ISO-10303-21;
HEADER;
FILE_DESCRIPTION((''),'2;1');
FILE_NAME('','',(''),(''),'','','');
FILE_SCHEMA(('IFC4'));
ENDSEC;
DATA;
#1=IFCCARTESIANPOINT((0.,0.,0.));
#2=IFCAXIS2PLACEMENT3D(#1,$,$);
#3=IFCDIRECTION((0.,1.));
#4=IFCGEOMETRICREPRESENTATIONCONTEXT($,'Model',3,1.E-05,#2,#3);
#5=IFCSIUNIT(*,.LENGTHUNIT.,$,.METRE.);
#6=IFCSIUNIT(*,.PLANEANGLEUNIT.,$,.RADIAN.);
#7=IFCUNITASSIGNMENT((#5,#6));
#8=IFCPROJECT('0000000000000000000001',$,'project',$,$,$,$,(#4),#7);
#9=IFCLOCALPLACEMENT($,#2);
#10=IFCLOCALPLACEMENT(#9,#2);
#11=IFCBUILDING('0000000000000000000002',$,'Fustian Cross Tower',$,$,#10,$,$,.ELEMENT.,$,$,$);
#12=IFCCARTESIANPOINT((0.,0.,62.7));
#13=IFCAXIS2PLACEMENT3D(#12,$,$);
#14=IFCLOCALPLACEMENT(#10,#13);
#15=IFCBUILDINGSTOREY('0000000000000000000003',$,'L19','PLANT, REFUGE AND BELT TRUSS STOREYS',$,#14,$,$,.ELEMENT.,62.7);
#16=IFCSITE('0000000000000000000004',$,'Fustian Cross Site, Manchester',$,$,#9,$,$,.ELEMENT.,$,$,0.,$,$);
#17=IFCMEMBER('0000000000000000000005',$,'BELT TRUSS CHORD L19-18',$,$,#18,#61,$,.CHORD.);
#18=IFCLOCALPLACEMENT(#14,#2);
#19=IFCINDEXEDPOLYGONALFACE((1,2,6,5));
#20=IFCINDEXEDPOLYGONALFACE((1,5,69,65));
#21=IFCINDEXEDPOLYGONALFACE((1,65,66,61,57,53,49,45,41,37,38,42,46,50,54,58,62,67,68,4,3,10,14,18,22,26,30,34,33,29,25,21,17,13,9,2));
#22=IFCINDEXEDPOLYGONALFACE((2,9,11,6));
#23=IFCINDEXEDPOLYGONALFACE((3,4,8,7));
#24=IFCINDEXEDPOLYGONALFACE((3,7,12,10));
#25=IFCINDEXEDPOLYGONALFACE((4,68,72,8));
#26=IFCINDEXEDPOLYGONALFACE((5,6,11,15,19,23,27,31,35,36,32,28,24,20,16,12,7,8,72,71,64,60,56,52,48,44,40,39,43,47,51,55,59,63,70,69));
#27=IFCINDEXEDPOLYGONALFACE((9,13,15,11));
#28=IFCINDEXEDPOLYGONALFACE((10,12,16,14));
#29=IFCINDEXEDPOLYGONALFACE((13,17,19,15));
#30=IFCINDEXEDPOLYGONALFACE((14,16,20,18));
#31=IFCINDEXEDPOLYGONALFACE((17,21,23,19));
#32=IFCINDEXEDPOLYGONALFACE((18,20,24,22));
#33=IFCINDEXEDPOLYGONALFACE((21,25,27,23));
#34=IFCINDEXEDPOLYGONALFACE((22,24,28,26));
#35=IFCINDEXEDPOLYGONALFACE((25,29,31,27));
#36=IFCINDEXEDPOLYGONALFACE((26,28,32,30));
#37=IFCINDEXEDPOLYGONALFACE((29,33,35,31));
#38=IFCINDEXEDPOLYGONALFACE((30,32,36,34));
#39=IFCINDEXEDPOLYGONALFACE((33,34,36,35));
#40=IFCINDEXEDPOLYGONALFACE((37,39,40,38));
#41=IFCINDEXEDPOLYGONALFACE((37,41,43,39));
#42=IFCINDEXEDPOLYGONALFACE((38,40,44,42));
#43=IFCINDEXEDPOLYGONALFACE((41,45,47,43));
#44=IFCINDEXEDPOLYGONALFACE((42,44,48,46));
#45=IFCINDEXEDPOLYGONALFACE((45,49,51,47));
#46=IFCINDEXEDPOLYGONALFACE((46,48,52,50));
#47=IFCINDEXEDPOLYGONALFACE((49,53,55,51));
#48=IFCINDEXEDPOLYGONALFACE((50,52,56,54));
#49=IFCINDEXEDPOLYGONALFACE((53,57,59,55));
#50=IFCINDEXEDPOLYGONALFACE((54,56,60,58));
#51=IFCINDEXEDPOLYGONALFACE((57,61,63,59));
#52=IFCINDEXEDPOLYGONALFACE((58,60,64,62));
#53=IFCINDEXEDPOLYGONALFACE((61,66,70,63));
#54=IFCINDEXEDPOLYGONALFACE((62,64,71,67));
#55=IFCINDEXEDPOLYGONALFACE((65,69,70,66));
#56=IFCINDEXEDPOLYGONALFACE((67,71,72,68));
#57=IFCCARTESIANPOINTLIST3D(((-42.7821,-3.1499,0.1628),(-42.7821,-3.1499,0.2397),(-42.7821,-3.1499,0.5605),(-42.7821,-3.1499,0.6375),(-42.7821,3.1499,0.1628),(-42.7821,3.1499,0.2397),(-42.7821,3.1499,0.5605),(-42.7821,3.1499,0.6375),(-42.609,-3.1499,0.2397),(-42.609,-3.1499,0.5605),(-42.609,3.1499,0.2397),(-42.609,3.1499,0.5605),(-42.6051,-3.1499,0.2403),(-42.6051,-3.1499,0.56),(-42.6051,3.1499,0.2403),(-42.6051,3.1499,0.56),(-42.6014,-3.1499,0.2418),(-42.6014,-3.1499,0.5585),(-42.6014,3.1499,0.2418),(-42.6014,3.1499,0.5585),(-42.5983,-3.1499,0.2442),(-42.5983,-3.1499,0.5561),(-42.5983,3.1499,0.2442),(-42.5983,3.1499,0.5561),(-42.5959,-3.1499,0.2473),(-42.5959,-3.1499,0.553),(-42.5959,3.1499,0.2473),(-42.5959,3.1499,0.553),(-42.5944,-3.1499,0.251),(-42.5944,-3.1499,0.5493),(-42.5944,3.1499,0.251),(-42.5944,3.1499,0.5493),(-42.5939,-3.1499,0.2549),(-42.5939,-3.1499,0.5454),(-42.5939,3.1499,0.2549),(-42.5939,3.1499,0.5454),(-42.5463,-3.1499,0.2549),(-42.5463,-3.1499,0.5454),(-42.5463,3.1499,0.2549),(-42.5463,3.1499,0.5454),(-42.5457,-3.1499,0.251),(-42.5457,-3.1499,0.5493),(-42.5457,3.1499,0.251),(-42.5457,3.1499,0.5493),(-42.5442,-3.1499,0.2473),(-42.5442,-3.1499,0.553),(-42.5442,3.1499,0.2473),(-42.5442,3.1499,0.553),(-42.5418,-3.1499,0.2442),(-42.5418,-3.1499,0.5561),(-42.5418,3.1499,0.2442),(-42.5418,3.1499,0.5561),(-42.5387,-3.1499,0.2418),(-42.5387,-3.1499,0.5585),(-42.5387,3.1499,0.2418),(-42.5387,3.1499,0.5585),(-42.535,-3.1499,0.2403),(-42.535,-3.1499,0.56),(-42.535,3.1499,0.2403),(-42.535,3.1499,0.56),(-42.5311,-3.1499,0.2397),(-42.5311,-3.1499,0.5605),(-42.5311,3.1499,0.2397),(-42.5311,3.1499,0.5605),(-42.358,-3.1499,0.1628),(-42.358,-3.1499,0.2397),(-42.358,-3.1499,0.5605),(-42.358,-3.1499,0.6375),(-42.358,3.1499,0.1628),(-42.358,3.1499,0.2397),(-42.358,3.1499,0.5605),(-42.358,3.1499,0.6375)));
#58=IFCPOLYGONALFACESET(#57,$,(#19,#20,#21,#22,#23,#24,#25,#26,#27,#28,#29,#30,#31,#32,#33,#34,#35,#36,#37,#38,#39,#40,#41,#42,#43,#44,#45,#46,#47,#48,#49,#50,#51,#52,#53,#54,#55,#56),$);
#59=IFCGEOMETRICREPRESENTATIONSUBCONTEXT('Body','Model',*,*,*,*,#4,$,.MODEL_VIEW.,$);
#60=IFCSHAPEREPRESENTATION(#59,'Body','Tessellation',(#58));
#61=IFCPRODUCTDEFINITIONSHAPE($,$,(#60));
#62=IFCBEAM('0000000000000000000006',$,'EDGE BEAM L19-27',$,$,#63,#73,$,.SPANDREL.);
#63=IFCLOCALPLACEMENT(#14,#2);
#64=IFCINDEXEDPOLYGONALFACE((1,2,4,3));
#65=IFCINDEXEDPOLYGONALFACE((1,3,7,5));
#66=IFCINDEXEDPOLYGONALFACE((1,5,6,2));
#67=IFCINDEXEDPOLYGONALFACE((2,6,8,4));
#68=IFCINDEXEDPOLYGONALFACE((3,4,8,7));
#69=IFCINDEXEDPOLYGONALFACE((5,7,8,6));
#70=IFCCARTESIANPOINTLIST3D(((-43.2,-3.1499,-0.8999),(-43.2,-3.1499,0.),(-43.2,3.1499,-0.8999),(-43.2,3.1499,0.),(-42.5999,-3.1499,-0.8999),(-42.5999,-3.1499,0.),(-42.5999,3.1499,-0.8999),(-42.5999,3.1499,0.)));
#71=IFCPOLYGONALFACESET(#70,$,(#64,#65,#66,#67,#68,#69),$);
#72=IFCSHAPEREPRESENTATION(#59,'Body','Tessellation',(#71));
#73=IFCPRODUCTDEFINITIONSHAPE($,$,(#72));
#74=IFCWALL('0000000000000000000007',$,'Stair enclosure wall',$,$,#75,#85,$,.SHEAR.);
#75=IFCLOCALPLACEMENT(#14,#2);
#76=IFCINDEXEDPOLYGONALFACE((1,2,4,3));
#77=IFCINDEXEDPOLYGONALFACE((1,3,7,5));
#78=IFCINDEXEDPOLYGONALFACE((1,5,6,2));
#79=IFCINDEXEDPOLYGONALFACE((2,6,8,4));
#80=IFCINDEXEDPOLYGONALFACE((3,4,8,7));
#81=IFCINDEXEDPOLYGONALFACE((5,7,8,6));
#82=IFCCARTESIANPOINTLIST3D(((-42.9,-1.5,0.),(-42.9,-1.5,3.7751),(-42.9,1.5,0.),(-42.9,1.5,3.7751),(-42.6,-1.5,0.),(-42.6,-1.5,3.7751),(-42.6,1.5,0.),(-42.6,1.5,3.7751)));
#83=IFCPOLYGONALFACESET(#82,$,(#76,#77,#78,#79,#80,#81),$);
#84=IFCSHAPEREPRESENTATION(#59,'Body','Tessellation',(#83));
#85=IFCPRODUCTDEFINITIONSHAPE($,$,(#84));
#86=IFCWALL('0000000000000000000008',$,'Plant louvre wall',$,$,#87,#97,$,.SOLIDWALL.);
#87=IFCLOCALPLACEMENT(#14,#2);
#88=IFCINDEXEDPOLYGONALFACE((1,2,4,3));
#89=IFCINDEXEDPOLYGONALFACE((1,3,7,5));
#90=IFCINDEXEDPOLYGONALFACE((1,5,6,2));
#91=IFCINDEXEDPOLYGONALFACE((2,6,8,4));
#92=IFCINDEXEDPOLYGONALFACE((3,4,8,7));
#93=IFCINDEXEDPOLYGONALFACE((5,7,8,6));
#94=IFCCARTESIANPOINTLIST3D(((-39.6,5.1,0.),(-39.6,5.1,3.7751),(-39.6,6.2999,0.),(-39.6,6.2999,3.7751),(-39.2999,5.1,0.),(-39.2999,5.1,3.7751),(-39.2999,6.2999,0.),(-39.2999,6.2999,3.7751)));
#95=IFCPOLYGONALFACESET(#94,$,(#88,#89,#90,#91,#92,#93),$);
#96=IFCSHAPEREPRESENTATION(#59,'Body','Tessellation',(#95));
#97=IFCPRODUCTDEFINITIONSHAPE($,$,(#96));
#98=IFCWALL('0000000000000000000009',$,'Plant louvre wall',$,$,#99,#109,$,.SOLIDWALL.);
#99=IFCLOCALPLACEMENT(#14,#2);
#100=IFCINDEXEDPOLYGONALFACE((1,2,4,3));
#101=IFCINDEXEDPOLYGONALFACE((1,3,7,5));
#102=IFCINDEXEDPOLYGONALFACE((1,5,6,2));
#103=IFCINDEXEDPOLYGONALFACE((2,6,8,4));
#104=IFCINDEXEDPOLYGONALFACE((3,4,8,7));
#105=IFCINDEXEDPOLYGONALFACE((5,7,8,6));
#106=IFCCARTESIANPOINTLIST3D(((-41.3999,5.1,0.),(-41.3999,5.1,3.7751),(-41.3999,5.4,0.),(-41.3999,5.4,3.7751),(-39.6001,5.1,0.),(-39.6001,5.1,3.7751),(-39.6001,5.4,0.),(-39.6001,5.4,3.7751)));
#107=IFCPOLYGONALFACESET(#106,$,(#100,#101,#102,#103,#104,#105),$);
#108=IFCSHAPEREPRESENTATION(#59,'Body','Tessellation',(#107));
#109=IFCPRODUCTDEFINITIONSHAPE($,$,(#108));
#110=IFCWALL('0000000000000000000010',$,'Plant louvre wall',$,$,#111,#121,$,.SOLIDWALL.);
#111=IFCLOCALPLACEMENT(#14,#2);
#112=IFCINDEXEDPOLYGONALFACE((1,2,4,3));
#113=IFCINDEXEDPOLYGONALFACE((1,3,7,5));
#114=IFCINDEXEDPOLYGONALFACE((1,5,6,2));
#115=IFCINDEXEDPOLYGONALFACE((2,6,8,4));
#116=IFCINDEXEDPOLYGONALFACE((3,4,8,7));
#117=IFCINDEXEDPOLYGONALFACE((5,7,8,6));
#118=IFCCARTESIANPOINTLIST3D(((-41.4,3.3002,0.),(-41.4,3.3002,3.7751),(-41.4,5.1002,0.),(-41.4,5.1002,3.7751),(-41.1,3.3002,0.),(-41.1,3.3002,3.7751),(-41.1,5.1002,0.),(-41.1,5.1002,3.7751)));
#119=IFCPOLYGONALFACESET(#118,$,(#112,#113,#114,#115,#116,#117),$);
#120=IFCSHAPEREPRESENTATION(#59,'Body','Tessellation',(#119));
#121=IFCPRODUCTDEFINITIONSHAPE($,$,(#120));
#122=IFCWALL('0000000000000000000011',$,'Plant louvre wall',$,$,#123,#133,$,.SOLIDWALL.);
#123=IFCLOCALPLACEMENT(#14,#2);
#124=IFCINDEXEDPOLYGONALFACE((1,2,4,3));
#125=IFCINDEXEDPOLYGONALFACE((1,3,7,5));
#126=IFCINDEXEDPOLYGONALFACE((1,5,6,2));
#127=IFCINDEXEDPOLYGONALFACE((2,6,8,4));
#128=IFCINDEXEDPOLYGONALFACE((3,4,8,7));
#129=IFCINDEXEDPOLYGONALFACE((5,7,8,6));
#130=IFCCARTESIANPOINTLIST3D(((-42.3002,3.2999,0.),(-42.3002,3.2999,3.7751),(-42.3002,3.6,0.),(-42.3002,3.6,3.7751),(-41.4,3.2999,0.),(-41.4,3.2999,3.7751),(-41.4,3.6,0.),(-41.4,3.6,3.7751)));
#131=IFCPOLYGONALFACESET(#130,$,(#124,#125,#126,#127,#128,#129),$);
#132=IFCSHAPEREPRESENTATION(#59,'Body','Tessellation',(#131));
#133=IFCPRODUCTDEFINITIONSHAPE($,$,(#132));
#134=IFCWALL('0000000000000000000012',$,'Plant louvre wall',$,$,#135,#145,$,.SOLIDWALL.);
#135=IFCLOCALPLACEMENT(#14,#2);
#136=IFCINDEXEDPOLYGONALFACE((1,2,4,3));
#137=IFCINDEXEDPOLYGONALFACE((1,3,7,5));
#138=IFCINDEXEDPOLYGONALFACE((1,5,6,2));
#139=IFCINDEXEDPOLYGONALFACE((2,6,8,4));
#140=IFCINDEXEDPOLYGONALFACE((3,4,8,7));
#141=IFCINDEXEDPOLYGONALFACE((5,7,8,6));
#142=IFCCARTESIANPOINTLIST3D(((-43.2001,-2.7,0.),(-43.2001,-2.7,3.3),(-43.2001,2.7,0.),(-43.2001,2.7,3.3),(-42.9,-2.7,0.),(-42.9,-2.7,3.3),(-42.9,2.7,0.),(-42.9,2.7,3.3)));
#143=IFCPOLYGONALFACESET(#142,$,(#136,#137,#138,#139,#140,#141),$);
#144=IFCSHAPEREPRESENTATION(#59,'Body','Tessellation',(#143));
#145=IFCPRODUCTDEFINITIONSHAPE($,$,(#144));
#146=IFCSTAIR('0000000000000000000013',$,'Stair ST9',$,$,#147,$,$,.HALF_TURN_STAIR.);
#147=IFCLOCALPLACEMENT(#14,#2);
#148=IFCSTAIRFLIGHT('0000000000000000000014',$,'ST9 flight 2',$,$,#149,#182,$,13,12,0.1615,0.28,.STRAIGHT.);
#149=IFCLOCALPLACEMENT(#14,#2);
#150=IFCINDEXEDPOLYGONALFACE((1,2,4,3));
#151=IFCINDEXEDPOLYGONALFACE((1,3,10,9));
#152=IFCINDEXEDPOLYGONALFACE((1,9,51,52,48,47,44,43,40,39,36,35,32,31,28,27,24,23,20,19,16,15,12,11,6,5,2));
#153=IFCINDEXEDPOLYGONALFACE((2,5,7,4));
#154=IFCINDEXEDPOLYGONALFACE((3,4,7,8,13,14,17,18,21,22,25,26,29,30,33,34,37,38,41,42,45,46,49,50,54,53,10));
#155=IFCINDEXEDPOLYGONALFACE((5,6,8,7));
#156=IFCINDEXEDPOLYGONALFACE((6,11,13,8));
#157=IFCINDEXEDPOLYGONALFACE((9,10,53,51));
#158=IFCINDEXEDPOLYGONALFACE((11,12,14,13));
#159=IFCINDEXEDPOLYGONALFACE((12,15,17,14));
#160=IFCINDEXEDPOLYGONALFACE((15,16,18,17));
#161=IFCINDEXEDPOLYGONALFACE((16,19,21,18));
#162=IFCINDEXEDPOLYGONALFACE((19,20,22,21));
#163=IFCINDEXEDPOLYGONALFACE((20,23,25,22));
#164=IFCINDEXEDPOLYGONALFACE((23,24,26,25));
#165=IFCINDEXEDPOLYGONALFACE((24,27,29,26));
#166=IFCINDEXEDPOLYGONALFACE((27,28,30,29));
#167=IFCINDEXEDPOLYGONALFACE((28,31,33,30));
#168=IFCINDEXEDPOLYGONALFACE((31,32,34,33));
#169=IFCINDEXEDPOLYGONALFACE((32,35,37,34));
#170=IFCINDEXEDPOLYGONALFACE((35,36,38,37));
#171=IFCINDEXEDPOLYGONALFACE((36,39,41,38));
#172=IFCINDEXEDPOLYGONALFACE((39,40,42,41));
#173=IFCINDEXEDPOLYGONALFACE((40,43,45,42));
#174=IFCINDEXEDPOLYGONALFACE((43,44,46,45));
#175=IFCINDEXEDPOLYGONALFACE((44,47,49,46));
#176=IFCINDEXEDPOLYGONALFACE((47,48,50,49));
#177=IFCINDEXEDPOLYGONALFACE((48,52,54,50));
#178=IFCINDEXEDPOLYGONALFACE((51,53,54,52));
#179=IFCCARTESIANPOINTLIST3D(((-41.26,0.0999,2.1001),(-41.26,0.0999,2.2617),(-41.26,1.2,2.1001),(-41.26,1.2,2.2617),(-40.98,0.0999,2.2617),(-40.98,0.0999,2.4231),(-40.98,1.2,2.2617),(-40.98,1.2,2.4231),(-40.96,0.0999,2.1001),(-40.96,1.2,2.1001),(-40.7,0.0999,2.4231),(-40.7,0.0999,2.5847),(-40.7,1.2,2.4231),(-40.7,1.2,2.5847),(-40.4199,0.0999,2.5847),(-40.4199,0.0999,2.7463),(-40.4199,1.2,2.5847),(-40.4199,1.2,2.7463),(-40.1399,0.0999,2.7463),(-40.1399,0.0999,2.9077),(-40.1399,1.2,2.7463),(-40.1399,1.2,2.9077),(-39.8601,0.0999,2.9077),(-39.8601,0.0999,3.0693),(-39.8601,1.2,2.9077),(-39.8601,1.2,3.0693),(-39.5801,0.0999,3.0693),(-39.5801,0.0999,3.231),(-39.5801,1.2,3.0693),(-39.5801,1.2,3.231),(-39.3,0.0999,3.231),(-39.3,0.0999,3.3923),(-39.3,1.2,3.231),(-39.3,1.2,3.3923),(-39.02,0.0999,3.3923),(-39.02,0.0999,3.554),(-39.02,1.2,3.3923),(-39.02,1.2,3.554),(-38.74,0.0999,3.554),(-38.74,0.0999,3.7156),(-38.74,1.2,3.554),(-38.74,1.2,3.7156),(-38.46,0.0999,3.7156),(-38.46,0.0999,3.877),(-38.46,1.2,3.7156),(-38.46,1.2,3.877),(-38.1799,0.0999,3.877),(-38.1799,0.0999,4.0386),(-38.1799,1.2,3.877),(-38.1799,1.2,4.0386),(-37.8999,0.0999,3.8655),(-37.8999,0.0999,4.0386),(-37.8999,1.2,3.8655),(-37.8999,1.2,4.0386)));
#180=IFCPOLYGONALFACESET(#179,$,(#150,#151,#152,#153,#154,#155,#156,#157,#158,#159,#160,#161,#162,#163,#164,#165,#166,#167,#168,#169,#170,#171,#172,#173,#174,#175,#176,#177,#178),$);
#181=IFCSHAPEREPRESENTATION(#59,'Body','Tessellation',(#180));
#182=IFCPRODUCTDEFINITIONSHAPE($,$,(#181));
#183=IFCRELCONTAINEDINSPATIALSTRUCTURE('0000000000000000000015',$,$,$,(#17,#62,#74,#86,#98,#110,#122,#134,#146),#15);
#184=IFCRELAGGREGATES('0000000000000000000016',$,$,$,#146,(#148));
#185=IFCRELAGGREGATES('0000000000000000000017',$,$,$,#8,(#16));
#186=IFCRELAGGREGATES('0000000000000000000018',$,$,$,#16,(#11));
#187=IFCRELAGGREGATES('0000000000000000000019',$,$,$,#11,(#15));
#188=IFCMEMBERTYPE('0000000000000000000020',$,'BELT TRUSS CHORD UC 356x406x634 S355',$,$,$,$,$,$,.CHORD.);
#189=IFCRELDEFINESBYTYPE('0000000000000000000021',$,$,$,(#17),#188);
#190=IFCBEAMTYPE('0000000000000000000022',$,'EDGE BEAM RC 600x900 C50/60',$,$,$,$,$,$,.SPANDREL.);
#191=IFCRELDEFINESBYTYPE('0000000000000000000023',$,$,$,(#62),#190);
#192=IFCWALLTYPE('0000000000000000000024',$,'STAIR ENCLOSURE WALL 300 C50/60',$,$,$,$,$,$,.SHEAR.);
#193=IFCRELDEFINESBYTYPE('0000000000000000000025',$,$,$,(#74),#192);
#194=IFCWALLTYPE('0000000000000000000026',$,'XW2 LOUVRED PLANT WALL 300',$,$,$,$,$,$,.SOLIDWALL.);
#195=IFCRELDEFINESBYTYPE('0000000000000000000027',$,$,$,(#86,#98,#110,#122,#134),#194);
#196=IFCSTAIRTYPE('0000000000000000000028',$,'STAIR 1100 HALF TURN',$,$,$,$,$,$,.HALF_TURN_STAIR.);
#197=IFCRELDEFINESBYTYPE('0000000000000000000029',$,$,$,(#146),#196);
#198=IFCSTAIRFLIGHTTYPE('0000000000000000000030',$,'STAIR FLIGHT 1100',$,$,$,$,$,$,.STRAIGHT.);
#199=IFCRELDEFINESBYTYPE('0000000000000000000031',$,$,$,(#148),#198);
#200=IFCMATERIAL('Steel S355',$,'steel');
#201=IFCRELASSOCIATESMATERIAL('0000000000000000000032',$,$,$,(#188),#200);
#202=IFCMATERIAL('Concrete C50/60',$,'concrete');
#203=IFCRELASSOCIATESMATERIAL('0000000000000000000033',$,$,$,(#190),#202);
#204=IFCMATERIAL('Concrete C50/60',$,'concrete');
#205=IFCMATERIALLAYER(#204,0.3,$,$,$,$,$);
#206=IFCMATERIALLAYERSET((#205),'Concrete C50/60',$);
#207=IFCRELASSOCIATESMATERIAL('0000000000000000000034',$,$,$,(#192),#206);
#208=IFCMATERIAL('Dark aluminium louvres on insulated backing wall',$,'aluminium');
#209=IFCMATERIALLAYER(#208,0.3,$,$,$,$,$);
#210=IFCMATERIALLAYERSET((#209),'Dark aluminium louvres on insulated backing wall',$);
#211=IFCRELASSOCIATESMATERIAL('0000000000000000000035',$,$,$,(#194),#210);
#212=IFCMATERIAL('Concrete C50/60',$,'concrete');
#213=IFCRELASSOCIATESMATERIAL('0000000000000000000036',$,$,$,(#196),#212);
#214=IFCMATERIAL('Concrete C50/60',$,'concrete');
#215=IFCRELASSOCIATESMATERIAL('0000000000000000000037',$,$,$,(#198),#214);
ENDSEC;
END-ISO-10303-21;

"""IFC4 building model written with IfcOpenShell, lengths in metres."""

from ifc_helpers import new_model, si_unit, direction, frame, frame_2d, origin, origin_2d, place, context, subcontext, project, spatial, polyline, rectangle, i_section, outline, extrude, material, layer, layer_set, material_profile, profile_set, type_object, element, aggregate, save


model = new_model("IFC4")

# Units and contexts
model_context = context("Model", 3, precision=1e-05, world=origin(), true_north=direction((0.0, 1.0)))
body_context = subcontext(model_context, "Body", "Model", "MODEL_VIEW")
ifc_project = project(units=[si_unit("LENGTHUNIT", "METRE"), si_unit("PLANEANGLEUNIT", "RADIAN")], contexts=[model_context])

# Site, building, storey
site_placement = place(None, origin())
site = spatial("IfcSite", under=ifc_project, at=site_placement, Name="Fustian Cross Site, Manchester", CompositionType="ELEMENT", RefElevation=0.0)
building_placement = place(site_placement, origin())
building = spatial("IfcBuilding", under=site, at=building_placement, Name="Fustian Cross Tower", CompositionType="ELEMENT")
storey_placement = place(building_placement, frame((0.0, 0.0, 62.7)))
storey = spatial("IfcBuildingStorey", under=building, at=storey_placement, Name="L19", Description="PLANT, REFUGE AND BELT TRUSS STOREYS", CompositionType="ELEMENT", Elevation=62.7)

# Member
ifc_material_1 = material(Name="Steel S355", Category="steel")
ifc_material_profile_1 = material_profile(ifc_material_1, i_section(OverallWidth=0.4241, OverallDepth=0.4746, WebThickness=0.0476, FlangeThickness=0.0769, FilletRadius=0.0151, at=origin_2d()), Name="UC 356x406x634")
ifc_profile_set_1 = profile_set([ifc_material_profile_1], Name="Steel S355")
member_type_1 = type_object("IfcMemberType", Name="BELT TRUSS CHORD UC 356x406x634 S355", PredefinedType="CHORD", material=ifc_profile_set_1)
for number, where, z_axis, x_axis, name in (
    (1, (-42.5701, 3.1499, 0.4001), (0.0, -1.0, 0.0), (1.0, 0.0, 0.0), "BELT TRUSS CHORD L19-18"),
):
    element("IfcMember", number, at=place(storey_placement, frame(where, z_axis=z_axis, x_axis=x_axis)), inside=storey, type_object=member_type_1, Name=name, PredefinedType="CHORD", context=body_context, shape_type="SweptSolid", body=[
        extrude(i_section(OverallWidth=0.4241, OverallDepth=0.4746, WebThickness=0.0476, FlangeThickness=0.0769, FilletRadius=0.0151, at=origin_2d()), origin(), (0.0, 0.0, 1.0), 6.2998),
    ])

# Beam
ifc_material_2 = material(Name="Concrete C50/60", Category="concrete")
ifc_material_profile_2 = material_profile(ifc_material_2, rectangle(XDim=0.6001, YDim=0.8999, at=origin_2d()), Name="RC 600x900")
ifc_profile_set_2 = profile_set([ifc_material_profile_2], Name="Concrete C50/60")
beam_type = type_object("IfcBeamType", Name="EDGE BEAM RC 600x900 C50/60", PredefinedType="SPANDREL", material=ifc_profile_set_2)
beam_placement = place(storey_placement, frame((-42.8999, 3.1499, -0.45), z_axis=(0.0, -1.0, 0.0), x_axis=(1.0, 0.0, 0.0)))
element("IfcBeam", 2, at=beam_placement, inside=storey, type_object=beam_type, Name="EDGE BEAM L19-27", PredefinedType="SPANDREL", context=body_context, shape_type="SweptSolid", body=[
    extrude(rectangle(XDim=0.6001, YDim=0.8999, at=origin_2d()), origin(), (0.0, 0.0, 1.0), 6.2998),
])

# Walls
ifc_material_3 = material(Name="Concrete C50/60", Category="concrete")
ifc_layer_1 = layer(ifc_material_3, 0.3)
ifc_layer_set_1 = layer_set([ifc_layer_1], Name="Concrete C50/60")
wall_type_1 = type_object("IfcWallType", Name="STAIR ENCLOSURE WALL 300 C50/60", PredefinedType="SHEAR", material=ifc_layer_set_1)
wall_1_placement = place(storey_placement, frame((-42.75, -1.5, 0.0), z_axis=(0.0, 0.0, 1.0), x_axis=(0.0, 1.0, 0.0)))
element("IfcWall", 3, at=wall_1_placement, inside=storey, type_object=wall_type_1, Name="Stair enclosure wall", PredefinedType="SHEAR", context=body_context, shape_type="SweptSolid", body=[
    extrude(rectangle(XDim=3.0, YDim=0.3, at=frame_2d((1.5, 0.0))), origin(), (0.0, 0.0, 1.0), 3.7751),
])
ifc_material_4 = material(Name="Dark aluminium louvres on insulated backing wall", Category="aluminium")
ifc_layer_2 = layer(ifc_material_4, 0.3)
ifc_layer_set_2 = layer_set([ifc_layer_2], Name="Dark aluminium louvres on insulated backing wall")
wall_type_2 = type_object("IfcWallType", Name="XW2 LOUVRED PLANT WALL 300", PredefinedType="SOLIDWALL", material=ifc_layer_set_2)
wall_2_placement = place(storey_placement, frame((-39.45, 6.3, 0.0), z_axis=(0.0, 0.0, 1.0), x_axis=(0.0, -1.0, 0.0)))
element("IfcWall", 4, at=wall_2_placement, inside=storey, type_object=wall_type_2, Name="Plant louvre wall", PredefinedType="SOLIDWALL", context=body_context, shape_type="SweptSolid", body=[
    extrude(rectangle(XDim=1.2, YDim=0.3, at=frame_2d((0.6001, 0.0))), origin(), (0.0, 0.0, 1.0), 3.7751),
])
wall_3_placement = place(storey_placement, frame((-39.6001, 5.25, 0.0), z_axis=(0.0, 0.0, 1.0), x_axis=(-1.0, 0.0, 0.0)))
element("IfcWall", 5, at=wall_3_placement, inside=storey, type_object=wall_type_2, Name="Plant louvre wall", PredefinedType="SOLIDWALL", context=body_context, shape_type="SweptSolid", body=[
    extrude(rectangle(XDim=1.7998, YDim=0.3, at=frame_2d((0.8999, 0.0))), origin(), (0.0, 0.0, 1.0), 3.7751),
])
wall_4_placement = place(storey_placement, frame((-41.25, 5.1001, 0.0), z_axis=(0.0, 0.0, 1.0), x_axis=(0.0, -1.0, 0.0)))
element("IfcWall", 6, at=wall_4_placement, inside=storey, type_object=wall_type_2, Name="Plant louvre wall", PredefinedType="SOLIDWALL", context=body_context, shape_type="SweptSolid", body=[
    extrude(rectangle(XDim=1.8, YDim=0.3, at=frame_2d((0.8999, 0.0))), origin(), (0.0, 0.0, 1.0), 3.7751),
])
wall_5_placement = place(storey_placement, frame((-41.3999, 3.45, 0.0), z_axis=(0.0, 0.0, 1.0), x_axis=(-1.0, 0.0, 0.0)))
element("IfcWall", 7, at=wall_5_placement, inside=storey, type_object=wall_type_2, Name="Plant louvre wall", PredefinedType="SOLIDWALL", context=body_context, shape_type="SweptSolid", body=[
    extrude(rectangle(XDim=0.9001, YDim=0.3, at=frame_2d((0.4502, 0.0))), origin(), (0.0, 0.0, 1.0), 3.7751),
])
wall_6_placement = place(storey_placement, frame((-43.05, 2.7, 0.0), z_axis=(0.0, 0.0, 1.0), x_axis=(0.0, -1.0, 0.0)))
element("IfcWall", 8, at=wall_6_placement, inside=storey, type_object=wall_type_2, Name="Plant louvre wall", PredefinedType="SOLIDWALL", context=body_context, shape_type="SweptSolid", body=[
    extrude(rectangle(XDim=5.3999, YDim=0.3, at=frame_2d((2.7, 0.0))), origin(), (0.0, 0.0, 1.0), 3.3),
])

# Stair, stair flight
ifc_material_5 = material(Name="Concrete C50/60", Category="concrete")
stair_type = type_object("IfcStairType", Name="STAIR 1100 HALF TURN", PredefinedType="HALF_TURN_STAIR", material=ifc_material_5)
stair_placement = place(storey_placement, origin())
stair = element("IfcStair", 9, at=stair_placement, inside=storey, type_object=stair_type, Name="Stair ST9", PredefinedType="HALF_TURN_STAIR")
ifc_material_6 = material(Name="Concrete C50/60", Category="concrete")
stair_flight_type = type_object("IfcStairFlightType", Name="STAIR FLIGHT 1100", PredefinedType="STRAIGHT", material=ifc_material_6)
stair_flight_placement = place(storey_placement, frame((-41.26, 0.6499, 2.1001), z_axis=(0.0, 0.0, 1.0), x_axis=(1.0, 0.0, 0.0)))
stair_flight = element("IfcStairFlight", 10, at=stair_flight_placement, type_object=stair_flight_type, Name="ST9 flight 2", NumberOfRisers=13, NumberOfTreads=12, PredefinedType="STRAIGHT", RiserHeight=0.1615, TreadLength=0.28, context=body_context, shape_type="SweptSolid", body=[
    extrude(outline(polyline([(0.0, 0.0), (0.0, 0.1616), (0.28, 0.1616), (0.28, 0.323), (0.5601, 0.323), (0.5601, 0.4846), (0.8401, 0.4846), (0.8401, 0.6462), (1.1201, 0.6462), (1.1201, 0.8076), (1.3999, 0.8076), (1.3999, 0.9692), (1.6799, 0.9692), (1.6799, 1.1309), (1.96, 1.1309), (1.96, 1.2922), (2.24, 1.2922), (2.24, 1.4539), (2.52, 1.4539), (2.52, 1.6155), (2.8, 1.6155), (2.8, 1.7769), (3.0801, 1.7769), (3.0801, 1.9385), (3.3601, 1.9385), (3.3601, 2.1001), (3.3601, 1.7654), (0.3, 0.0), (0.0, 0.0)])), frame((0.0, 0.55, 0.0), z_axis=(0.0, -1.0, 0.0), x_axis=(1.0, 0.0, 0.0)), (0.0, 0.0, 1.0), 1.1001),
])
aggregate(stair, [stair_flight])

save(model, "model.ifc")
